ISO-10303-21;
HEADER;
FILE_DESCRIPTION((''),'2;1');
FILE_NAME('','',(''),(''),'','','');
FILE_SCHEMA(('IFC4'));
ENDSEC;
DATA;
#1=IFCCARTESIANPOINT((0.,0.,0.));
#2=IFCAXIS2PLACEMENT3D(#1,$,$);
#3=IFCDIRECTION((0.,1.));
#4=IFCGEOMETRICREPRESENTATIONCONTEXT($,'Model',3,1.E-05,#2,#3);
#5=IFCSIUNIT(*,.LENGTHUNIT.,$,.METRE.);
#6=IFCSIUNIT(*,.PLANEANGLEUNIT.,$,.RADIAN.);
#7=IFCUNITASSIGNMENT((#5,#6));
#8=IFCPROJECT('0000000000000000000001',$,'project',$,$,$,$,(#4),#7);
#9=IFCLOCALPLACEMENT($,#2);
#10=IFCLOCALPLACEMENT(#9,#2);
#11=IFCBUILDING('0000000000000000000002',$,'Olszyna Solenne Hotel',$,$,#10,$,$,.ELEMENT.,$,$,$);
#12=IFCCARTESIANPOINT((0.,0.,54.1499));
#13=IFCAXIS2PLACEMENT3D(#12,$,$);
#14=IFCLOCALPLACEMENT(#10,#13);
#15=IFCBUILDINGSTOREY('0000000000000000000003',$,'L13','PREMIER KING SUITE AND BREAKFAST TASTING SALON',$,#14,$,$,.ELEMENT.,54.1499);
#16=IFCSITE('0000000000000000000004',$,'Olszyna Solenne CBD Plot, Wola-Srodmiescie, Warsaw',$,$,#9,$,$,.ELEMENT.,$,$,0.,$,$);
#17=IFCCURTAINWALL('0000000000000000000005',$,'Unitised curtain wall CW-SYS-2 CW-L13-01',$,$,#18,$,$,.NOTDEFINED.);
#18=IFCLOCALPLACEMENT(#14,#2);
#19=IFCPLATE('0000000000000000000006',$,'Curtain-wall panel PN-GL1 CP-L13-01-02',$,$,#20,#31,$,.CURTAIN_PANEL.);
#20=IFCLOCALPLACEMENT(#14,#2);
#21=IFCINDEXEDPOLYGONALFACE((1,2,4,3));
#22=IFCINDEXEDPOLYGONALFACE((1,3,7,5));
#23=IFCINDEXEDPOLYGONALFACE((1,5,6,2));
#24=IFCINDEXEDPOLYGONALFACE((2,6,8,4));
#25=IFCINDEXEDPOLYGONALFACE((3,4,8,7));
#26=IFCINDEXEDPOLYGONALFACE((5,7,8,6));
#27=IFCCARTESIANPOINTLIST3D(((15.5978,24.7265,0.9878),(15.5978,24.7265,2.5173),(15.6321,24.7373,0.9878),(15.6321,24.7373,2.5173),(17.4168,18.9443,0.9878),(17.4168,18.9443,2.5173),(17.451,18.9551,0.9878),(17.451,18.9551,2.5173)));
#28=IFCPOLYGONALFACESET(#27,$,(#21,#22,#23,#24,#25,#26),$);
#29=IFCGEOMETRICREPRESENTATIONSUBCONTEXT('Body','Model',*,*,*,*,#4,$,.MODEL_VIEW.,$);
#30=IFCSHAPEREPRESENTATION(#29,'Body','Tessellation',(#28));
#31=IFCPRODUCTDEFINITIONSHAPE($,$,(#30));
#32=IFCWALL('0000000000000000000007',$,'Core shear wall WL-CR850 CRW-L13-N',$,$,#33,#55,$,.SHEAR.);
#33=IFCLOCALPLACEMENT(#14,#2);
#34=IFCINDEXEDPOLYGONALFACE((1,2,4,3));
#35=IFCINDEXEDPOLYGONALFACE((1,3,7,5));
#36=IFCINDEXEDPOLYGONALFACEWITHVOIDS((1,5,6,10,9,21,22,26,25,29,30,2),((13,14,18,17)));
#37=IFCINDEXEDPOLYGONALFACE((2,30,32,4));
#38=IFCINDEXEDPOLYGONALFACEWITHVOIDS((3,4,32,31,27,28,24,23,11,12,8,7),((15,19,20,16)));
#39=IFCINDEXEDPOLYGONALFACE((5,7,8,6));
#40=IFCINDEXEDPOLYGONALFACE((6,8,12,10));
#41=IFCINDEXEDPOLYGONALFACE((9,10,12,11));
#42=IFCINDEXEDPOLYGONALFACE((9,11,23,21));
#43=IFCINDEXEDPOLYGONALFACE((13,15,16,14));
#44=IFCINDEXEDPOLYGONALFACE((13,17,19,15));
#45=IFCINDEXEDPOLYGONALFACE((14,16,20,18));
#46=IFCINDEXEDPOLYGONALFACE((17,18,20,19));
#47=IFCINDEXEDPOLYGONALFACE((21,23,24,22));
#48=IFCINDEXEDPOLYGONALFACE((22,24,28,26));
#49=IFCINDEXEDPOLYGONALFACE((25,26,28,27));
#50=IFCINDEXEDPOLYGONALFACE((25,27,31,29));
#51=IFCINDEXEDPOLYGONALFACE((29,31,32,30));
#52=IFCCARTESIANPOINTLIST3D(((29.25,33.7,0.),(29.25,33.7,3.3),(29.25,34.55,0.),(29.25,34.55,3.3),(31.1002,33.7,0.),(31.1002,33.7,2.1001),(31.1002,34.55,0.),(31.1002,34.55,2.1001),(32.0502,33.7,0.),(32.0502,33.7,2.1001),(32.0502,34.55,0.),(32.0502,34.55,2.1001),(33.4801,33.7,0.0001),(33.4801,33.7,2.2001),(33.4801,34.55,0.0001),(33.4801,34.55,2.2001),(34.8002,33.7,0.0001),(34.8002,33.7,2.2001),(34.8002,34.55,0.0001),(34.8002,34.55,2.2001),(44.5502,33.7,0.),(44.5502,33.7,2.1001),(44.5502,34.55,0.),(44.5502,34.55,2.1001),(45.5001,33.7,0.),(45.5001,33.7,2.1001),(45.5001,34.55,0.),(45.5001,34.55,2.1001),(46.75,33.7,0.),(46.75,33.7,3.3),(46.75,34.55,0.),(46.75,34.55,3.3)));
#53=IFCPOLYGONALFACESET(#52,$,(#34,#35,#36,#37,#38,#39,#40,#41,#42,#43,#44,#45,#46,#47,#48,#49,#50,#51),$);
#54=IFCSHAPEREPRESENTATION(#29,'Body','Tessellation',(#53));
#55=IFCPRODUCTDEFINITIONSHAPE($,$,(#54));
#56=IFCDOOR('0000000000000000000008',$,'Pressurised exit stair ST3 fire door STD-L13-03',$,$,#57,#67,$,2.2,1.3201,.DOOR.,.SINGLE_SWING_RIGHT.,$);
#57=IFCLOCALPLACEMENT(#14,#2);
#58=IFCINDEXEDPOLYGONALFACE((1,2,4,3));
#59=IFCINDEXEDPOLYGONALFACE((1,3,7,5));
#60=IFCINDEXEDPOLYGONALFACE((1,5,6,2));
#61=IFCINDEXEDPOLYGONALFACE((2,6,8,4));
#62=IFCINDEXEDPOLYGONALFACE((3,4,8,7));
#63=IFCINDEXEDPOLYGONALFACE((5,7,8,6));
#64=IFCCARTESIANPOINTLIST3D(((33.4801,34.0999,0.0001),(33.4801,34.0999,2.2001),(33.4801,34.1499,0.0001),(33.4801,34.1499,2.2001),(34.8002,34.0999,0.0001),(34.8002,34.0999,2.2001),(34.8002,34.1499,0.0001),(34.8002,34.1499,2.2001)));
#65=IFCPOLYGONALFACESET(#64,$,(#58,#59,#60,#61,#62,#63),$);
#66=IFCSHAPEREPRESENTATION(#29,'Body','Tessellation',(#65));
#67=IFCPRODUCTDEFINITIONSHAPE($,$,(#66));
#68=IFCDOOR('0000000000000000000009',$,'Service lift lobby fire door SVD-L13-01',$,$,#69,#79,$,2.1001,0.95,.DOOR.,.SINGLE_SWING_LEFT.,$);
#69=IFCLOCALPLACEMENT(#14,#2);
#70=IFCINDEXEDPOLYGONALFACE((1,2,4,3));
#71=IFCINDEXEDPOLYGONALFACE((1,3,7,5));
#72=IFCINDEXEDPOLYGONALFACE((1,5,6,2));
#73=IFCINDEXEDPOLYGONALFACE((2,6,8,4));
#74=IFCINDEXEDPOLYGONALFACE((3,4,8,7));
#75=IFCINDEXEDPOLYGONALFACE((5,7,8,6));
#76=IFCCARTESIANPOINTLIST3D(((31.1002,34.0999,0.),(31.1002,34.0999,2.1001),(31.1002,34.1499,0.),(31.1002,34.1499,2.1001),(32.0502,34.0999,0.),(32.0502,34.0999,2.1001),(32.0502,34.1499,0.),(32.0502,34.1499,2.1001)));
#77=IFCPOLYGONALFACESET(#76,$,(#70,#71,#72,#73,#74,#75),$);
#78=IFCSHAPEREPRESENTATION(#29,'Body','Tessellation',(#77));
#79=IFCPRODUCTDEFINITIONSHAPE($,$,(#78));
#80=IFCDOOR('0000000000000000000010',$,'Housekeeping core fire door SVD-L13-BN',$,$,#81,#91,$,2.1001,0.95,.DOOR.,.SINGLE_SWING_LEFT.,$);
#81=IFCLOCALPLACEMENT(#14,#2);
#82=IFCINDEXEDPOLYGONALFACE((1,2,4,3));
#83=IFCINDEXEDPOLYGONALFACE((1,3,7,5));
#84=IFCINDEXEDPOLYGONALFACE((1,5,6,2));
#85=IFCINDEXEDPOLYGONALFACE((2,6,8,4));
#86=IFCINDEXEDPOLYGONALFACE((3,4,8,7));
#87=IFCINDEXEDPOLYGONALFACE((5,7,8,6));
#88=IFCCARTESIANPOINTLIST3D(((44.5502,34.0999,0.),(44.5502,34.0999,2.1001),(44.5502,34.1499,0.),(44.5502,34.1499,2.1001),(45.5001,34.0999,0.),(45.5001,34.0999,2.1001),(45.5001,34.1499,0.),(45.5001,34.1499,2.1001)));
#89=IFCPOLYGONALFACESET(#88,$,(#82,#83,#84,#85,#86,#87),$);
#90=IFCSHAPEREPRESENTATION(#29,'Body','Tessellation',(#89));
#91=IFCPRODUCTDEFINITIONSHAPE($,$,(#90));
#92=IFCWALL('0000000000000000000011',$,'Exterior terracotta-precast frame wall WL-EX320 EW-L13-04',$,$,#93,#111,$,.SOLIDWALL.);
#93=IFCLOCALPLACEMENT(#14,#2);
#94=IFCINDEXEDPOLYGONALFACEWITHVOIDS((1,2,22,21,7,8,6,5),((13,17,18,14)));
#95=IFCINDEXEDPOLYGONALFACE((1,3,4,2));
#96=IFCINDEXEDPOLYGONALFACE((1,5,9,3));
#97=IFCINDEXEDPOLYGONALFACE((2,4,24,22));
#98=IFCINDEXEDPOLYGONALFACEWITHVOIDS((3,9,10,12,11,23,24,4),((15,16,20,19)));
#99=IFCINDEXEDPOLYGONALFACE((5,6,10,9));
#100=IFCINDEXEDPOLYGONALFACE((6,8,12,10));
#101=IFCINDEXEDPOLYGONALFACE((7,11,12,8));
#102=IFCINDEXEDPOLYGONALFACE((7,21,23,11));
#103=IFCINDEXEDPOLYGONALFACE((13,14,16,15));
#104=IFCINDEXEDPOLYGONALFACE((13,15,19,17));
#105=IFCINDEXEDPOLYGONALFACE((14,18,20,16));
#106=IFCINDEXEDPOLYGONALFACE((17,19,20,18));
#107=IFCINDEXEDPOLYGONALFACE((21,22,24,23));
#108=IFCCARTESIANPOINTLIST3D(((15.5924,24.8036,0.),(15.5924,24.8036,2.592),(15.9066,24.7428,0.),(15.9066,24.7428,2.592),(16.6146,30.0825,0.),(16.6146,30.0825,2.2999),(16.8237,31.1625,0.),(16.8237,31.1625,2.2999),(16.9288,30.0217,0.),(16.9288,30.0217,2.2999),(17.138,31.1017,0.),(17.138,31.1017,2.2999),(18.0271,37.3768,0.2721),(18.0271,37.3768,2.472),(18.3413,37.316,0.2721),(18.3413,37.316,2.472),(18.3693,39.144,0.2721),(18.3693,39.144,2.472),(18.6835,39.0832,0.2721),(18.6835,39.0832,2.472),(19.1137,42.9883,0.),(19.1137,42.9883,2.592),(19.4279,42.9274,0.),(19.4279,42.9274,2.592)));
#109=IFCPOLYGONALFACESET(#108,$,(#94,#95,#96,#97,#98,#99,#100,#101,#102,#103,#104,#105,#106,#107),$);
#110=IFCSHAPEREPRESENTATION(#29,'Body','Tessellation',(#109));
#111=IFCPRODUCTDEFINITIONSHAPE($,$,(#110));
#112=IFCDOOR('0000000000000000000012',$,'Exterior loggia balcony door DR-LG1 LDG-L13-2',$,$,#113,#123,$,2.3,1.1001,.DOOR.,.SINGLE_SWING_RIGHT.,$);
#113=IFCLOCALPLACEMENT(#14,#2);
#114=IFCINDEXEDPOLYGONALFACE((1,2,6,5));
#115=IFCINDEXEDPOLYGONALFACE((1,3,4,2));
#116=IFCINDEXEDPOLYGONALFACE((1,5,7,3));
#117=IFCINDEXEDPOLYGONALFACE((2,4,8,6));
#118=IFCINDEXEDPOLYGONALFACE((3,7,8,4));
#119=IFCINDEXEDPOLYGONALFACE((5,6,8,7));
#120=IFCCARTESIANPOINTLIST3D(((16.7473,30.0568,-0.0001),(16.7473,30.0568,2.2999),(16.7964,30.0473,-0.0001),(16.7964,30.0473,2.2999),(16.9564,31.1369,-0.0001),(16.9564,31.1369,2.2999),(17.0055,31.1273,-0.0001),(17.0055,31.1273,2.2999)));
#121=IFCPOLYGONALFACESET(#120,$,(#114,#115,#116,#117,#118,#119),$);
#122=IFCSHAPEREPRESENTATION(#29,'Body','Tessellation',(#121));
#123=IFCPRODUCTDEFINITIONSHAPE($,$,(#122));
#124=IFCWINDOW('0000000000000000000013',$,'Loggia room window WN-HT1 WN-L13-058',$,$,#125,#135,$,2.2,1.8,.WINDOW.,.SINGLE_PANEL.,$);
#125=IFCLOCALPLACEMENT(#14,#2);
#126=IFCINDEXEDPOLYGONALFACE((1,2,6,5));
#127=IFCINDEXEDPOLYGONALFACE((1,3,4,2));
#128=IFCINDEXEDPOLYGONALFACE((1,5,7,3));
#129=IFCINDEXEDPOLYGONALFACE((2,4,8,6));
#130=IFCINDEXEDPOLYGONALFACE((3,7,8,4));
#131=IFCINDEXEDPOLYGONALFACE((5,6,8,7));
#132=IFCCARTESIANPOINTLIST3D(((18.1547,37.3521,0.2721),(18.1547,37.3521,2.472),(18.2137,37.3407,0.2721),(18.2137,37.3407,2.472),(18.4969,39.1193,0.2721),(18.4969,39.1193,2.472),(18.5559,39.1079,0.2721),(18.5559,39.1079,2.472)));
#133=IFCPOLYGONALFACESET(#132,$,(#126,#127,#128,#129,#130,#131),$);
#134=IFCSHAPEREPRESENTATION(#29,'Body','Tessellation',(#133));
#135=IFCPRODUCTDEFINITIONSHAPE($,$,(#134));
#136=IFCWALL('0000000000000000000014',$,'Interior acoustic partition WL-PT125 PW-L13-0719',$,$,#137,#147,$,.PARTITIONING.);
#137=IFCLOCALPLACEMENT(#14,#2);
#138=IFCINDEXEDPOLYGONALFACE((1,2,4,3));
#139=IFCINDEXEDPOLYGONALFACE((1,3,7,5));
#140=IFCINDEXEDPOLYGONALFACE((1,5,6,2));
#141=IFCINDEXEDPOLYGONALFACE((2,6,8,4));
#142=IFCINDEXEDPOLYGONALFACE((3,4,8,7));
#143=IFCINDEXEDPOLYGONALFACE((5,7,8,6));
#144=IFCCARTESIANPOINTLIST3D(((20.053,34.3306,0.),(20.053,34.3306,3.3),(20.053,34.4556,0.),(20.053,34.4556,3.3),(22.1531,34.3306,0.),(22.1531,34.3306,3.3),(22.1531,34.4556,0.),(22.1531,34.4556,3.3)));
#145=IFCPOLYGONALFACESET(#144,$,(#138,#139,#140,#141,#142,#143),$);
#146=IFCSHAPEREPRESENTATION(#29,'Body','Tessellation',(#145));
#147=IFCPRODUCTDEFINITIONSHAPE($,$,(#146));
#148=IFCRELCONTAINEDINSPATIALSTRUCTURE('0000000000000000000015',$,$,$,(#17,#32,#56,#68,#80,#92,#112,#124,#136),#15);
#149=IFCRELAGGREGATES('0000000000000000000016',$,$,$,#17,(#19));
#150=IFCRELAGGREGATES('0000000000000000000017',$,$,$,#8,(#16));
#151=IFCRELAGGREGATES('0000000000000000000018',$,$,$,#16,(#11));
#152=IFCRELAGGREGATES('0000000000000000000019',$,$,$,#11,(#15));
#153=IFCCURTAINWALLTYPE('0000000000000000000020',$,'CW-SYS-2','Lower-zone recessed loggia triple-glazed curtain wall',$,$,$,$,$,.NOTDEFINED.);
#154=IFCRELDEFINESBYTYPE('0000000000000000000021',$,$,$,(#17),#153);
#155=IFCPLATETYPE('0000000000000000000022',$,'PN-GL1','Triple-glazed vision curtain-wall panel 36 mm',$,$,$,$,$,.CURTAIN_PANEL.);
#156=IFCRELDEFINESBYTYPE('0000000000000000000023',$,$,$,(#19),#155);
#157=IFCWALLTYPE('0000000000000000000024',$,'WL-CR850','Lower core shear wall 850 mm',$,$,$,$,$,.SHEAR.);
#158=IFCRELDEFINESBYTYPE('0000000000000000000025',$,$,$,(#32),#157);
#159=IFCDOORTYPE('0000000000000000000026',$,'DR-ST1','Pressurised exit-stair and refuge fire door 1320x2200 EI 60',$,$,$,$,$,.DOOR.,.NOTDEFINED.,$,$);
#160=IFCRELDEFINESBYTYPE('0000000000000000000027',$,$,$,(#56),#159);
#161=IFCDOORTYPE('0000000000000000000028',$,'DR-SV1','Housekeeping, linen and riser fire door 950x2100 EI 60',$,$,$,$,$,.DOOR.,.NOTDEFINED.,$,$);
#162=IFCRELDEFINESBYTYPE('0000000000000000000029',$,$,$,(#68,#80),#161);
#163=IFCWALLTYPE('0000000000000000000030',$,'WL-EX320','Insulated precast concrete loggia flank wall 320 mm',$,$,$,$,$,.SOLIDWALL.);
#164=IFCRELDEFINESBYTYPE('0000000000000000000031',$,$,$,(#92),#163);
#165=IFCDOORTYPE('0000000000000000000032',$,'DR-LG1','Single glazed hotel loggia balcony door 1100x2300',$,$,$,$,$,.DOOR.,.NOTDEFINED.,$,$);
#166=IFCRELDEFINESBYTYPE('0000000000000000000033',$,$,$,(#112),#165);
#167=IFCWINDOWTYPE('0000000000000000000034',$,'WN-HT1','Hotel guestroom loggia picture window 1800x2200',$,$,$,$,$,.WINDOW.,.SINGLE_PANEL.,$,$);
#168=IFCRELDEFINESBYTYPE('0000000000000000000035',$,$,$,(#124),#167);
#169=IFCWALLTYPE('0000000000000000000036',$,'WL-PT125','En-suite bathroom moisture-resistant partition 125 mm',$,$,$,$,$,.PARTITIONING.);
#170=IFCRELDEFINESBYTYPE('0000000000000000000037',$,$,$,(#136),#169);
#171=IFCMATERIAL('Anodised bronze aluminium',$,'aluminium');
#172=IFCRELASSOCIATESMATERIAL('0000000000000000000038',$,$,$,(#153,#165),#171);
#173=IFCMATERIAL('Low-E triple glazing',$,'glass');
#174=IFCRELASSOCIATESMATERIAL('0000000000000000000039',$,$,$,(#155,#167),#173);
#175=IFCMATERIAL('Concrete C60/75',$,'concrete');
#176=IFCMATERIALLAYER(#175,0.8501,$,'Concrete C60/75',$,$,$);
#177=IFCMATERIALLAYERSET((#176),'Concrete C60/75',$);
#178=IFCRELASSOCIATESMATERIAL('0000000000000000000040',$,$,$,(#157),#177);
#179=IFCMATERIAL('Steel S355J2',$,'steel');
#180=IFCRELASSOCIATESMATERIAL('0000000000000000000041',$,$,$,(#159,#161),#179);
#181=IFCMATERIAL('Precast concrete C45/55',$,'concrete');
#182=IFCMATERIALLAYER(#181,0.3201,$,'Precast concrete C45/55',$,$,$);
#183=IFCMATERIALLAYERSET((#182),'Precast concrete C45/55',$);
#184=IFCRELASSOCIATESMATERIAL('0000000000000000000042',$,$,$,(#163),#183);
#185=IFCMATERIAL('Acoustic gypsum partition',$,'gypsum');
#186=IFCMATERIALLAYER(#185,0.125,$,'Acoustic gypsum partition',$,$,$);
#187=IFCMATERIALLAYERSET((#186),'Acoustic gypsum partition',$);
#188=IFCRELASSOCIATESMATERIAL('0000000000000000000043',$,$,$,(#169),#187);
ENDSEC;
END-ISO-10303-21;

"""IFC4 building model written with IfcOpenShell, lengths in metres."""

from ifc_helpers import new_model, si_unit, direction, frame, frame_2d, origin, origin_2d, place, context, subcontext, project, spatial, rectangle, extrude, source, transform, mapped, material, layer, layer_set, type_object, type_shapes, element, fill, aggregate, save


model = new_model("IFC4")

# Units and contexts
model_context = context("Model", 3, precision=1e-05, world=origin(), true_north=direction((0.0, 1.0)))
body_context = subcontext(model_context, "Body", "Model", "MODEL_VIEW")
ifc_project = project(units=[si_unit("LENGTHUNIT", "METRE"), si_unit("PLANEANGLEUNIT", "RADIAN")], contexts=[model_context])

# Site, building, storey
site_placement = place(None, origin())
site = spatial("IfcSite", under=ifc_project, at=site_placement, Name="Olszyna Solenne CBD Plot, Wola-Srodmiescie, Warsaw", CompositionType="ELEMENT", RefElevation=0.0)
building_placement = place(site_placement, origin())
building = spatial("IfcBuilding", under=site, at=building_placement, Name="Olszyna Solenne Hotel", CompositionType="ELEMENT")
storey_placement = place(building_placement, frame((0.0, 0.0, 54.1499)))
storey = spatial("IfcBuildingStorey", under=building, at=storey_placement, Name="L13", Description="PREMIER KING SUITE AND BREAKFAST TASTING SALON", CompositionType="ELEMENT", Elevation=54.1499)

# Shared definitions
ifc_material_1 = material(Name="Steel S355J2", Category="steel")

# Curtain wall, plate
ifc_material_2 = material(Name="Anodised bronze aluminium", Category="aluminium")
curtain_wall_type = type_object("IfcCurtainWallType", Name="CW-SYS-2", Description="Lower-zone recessed loggia triple-glazed curtain wall", PredefinedType="NOTDEFINED", material=ifc_material_2)
curtain_wall_placement = place(storey_placement, origin())
curtain_wall = element("IfcCurtainWall", 1, at=curtain_wall_placement, inside=storey, type_object=curtain_wall_type, Name="Unitised curtain wall CW-SYS-2 CW-L13-01", PredefinedType="NOTDEFINED")
ifc_material_3 = material(Name="Low-E triple glazing", Category="glass")
plate_type_1 = type_object("IfcPlateType", Name="PN-GL1", Description="Triple-glazed vision curtain-wall panel 36 mm", PredefinedType="CURTAIN_PANEL", material=ifc_material_3)
shared_shape_1 = source(origin(), body_context, "Body", "SweptSolid", [
    extrude(rectangle(XDim=6.0615, YDim=0.0359, at=origin_2d()), origin(), (0.0, 0.0, 1.0), 1.5295),
])
plate_1_placement = place(storey_placement, frame((16.5244, 21.8408, 0.9878), z_axis=(0.0, 0.0, 1.0), x_axis=(0.30008, -0.953914, 0.0)))
plate_1 = element("IfcPlate", 2, at=plate_1_placement, type_object=plate_type_1, Name="Curtain-wall panel PN-GL1 CP-L13-01-02", PredefinedType="CURTAIN_PANEL", context=body_context, shape_type="MappedRepresentation", body=[
    mapped(shared_shape_1, transform((0.0, 0.0, 0.0), x_axis=(1.0, 0.0, 0.0), y_axis=(0.0, 1.0, 0.0), z_axis=(0.0, 0.0, 1.0), scale=1.0)),
])
aggregate(curtain_wall, [plate_1])

# Wall, openings, doors
ifc_material_4 = material(Name="Concrete C60/75", Category="concrete")
ifc_layer_1 = layer(ifc_material_4, 0.8501, Name="Concrete C60/75")
ifc_layer_set_1 = layer_set([ifc_layer_1], Name="Concrete C60/75")
wall_type_1 = type_object("IfcWallType", Name="WL-CR850", Description="Lower core shear wall 850 mm", PredefinedType="SHEAR", material=ifc_layer_set_1)
wall_1_placement = place(storey_placement, frame((29.25, 34.125, 0.0), z_axis=(0.0, 0.0, 1.0), x_axis=(1.0, 0.0, 0.0)))
wall_1 = element("IfcWall", 3, at=wall_1_placement, inside=storey, type_object=wall_type_1, Name="Core shear wall WL-CR850 CRW-L13-N", PredefinedType="SHEAR", context=body_context, shape_type="SweptSolid", body=[
    extrude(rectangle(XDim=17.5, YDim=0.8501, at=frame_2d((8.75, 0.0))), origin(), (0.0, 0.0, 1.0), 3.3),
])
opening_1_placement = place(wall_1_placement, frame((1.8501, 0.0, 0.0)))
opening_1 = element("IfcOpeningElement", 4, at=opening_1_placement, cuts=wall_1, PredefinedType="OPENING", context=body_context, shape_type="SweptSolid", body=[
    extrude(rectangle(XDim=0.95, YDim=2.1001, at=frame_2d((0.4751, 1.05))), frame((0.0, 0.4351, 0.0), z_axis=(0.0, -1.0, 0.0), x_axis=(1.0, 0.0, 0.0)), (0.0, 0.0, 1.0), 0.8701),
])
opening_2_placement = place(wall_1_placement, frame((4.23, 0.0, 0.0)))
opening_2 = element("IfcOpeningElement", 5, at=opening_2_placement, cuts=wall_1, PredefinedType="OPENING", context=body_context, shape_type="SweptSolid", body=[
    extrude(rectangle(XDim=1.3201, YDim=2.2, at=frame_2d((0.6602, 1.1001))), frame((0.0, 0.4351, 0.0), z_axis=(0.0, -1.0, 0.0), x_axis=(1.0, 0.0, 0.0)), (0.0, 0.0, 1.0), 0.8701),
])
opening_3_placement = place(wall_1_placement, frame((15.3, 0.0, 0.0)))
opening_3 = element("IfcOpeningElement", 6, at=opening_3_placement, cuts=wall_1, PredefinedType="OPENING", context=body_context, shape_type="SweptSolid", body=[
    extrude(rectangle(XDim=0.95, YDim=2.1001, at=frame_2d((0.4751, 1.05))), frame((0.0, 0.4351, 0.0), z_axis=(0.0, -1.0, 0.0), x_axis=(1.0, 0.0, 0.0)), (0.0, 0.0, 1.0), 0.8701),
])
door_type_1 = type_object("IfcDoorType", Name="DR-ST1", Description="Pressurised exit-stair and refuge fire door 1320x2200 EI 60", OperationType="NOTDEFINED", PredefinedType="DOOR", material=ifc_material_1)
shared_shape_2 = source(origin(), body_context, "Body", "SweptSolid", [
    extrude(rectangle(XDim=1.3201, YDim=2.2, at=frame_2d((0.6602, 1.1001))), frame((0.0, 0.0249, 0.0), z_axis=(0.0, -1.0, 0.0), x_axis=(1.0, 0.0, 0.0)), (0.0, 0.0, 1.0), 0.05),
])
type_shapes(door_type_1, [shared_shape_2])
door_1_placement = place(opening_2_placement, origin())
door_1 = element("IfcDoor", 7, at=door_1_placement, inside=storey, type_object=door_type_1, Name="Pressurised exit stair ST3 fire door STD-L13-03", OperationType="SINGLE_SWING_RIGHT", OverallHeight=2.2, OverallWidth=1.3201, PredefinedType="DOOR", context=body_context, shape_type="MappedRepresentation", body=[
    mapped(shared_shape_2, transform((0.0, 0.0, 0.0), x_axis=(1.0, 0.0, 0.0), y_axis=(0.0, 1.0, 0.0), z_axis=(0.0, 0.0, 1.0), scale=1.0)),
])
fill(opening_2, door_1)
door_type_2 = type_object("IfcDoorType", Name="DR-SV1", Description="Housekeeping, linen and riser fire door 950x2100 EI 60", OperationType="NOTDEFINED", PredefinedType="DOOR", material=ifc_material_1)
shared_shape_3 = source(origin(), body_context, "Body", "SweptSolid", [
    extrude(rectangle(XDim=0.95, YDim=2.1001, at=frame_2d((0.4751, 1.05))), frame((0.0, 0.0249, 0.0), z_axis=(0.0, -1.0, 0.0), x_axis=(1.0, 0.0, 0.0)), (0.0, 0.0, 1.0), 0.05),
])
type_shapes(door_type_2, [shared_shape_3])
door_2_placement = place(opening_1_placement, origin())
door_2 = element("IfcDoor", 8, at=door_2_placement, inside=storey, type_object=door_type_2, Name="Service lift lobby fire door SVD-L13-01", OperationType="SINGLE_SWING_LEFT", OverallHeight=2.1001, OverallWidth=0.95, PredefinedType="DOOR", context=body_context, shape_type="MappedRepresentation", body=[
    mapped(shared_shape_3, transform((0.0, 0.0, 0.0), x_axis=(1.0, 0.0, 0.0), y_axis=(0.0, 1.0, 0.0), z_axis=(0.0, 0.0, 1.0), scale=1.0)),
])
fill(opening_1, door_2)
door_3_placement = place(opening_3_placement, origin())
door_3 = element("IfcDoor", 9, at=door_3_placement, inside=storey, type_object=door_type_2, Name="Housekeeping core fire door SVD-L13-BN", OperationType="SINGLE_SWING_LEFT", OverallHeight=2.1001, OverallWidth=0.95, PredefinedType="DOOR", context=body_context, shape_type="MappedRepresentation", body=[
    mapped(shared_shape_3, transform((0.0, 0.0, 0.0), x_axis=(1.0, 0.0, 0.0), y_axis=(0.0, 1.0, 0.0), z_axis=(0.0, 0.0, 1.0), scale=1.0)),
])
fill(opening_3, door_3)

# Wall, openings, door, window
ifc_material_5 = material(Name="Precast concrete C45/55", Category="concrete")
ifc_layer_2 = layer(ifc_material_5, 0.3201, Name="Precast concrete C45/55")
ifc_layer_set_2 = layer_set([ifc_layer_2], Name="Precast concrete C45/55")
wall_type_2 = type_object("IfcWallType", Name="WL-EX320", Description="Insulated precast concrete loggia flank wall 320 mm", PredefinedType="SOLIDWALL", material=ifc_layer_set_2)
wall_2_placement = place(storey_placement, frame((15.7495, 24.7732, 0.0), z_axis=(0.0, 0.0, 1.0), x_axis=(0.190108, 0.981763, 0.0)))
wall_2 = element("IfcWall", 10, at=wall_2_placement, inside=storey, type_object=wall_type_2, Name="Exterior terracotta-precast frame wall WL-EX320 EW-L13-04", PredefinedType="SOLIDWALL", context=body_context, shape_type="SweptSolid", body=[
    extrude(rectangle(XDim=18.5225, YDim=0.3201, at=frame_2d((9.2612, 0.0))), origin(), (0.0, 0.0, 1.0), 2.592),
])
opening_4_placement = place(wall_2_placement, frame((5.377, 0.0, 0.0)))
opening_4 = element("IfcOpeningElement", 11, at=opening_4_placement, cuts=wall_2, PredefinedType="OPENING", context=body_context, shape_type="SweptSolid", body=[
    extrude(rectangle(XDim=1.1001, YDim=2.3, at=frame_2d((0.55, 1.1499))), frame((0.0, 0.1699, 0.0), z_axis=(0.0, -1.0, 0.0), x_axis=(1.0, 0.0, 0.0)), (0.0, 0.0, 1.0), 0.3401),
])
opening_5_placement = place(wall_2_placement, frame((12.8069, 0.0, 0.272)))
opening_5 = element("IfcOpeningElement", 12, at=opening_5_placement, cuts=wall_2, PredefinedType="OPENING", context=body_context, shape_type="SweptSolid", body=[
    extrude(rectangle(XDim=1.8, YDim=2.2, at=frame_2d((0.8999, 1.1001))), frame((0.0, 0.1699, 0.0), z_axis=(0.0, -1.0, 0.0), x_axis=(1.0, 0.0, 0.0)), (0.0, 0.0, 1.0), 0.3401),
])
door_type_3 = type_object("IfcDoorType", Name="DR-LG1", Description="Single glazed hotel loggia balcony door 1100x2300", OperationType="NOTDEFINED", PredefinedType="DOOR", material=ifc_material_2)
shared_shape_4 = source(origin(), body_context, "Body", "SweptSolid", [
    extrude(rectangle(XDim=1.1001, YDim=2.3, at=frame_2d((0.55, 1.1499))), frame((0.0, 0.0249, 0.0), z_axis=(0.0, -1.0, 0.0), x_axis=(1.0, 0.0, 0.0)), (0.0, 0.0, 1.0), 0.05),
])
type_shapes(door_type_3, [shared_shape_4])
door_4_placement = place(opening_4_placement, origin())
door_4 = element("IfcDoor", 13, at=door_4_placement, inside=storey, type_object=door_type_3, Name="Exterior loggia balcony door DR-LG1 LDG-L13-2", OperationType="SINGLE_SWING_RIGHT", OverallHeight=2.3, OverallWidth=1.1001, PredefinedType="DOOR", context=body_context, shape_type="MappedRepresentation", body=[
    mapped(shared_shape_4, transform((0.0, 0.0, 0.0), x_axis=(1.0, 0.0, 0.0), y_axis=(0.0, 1.0, 0.0), z_axis=(0.0, 0.0, 1.0), scale=1.0)),
])
fill(opening_4, door_4)
window_type = type_object("IfcWindowType", Name="WN-HT1", Description="Hotel guestroom loggia picture window 1800x2200", PartitioningType="SINGLE_PANEL", PredefinedType="WINDOW", material=ifc_material_3)
shared_shape_5 = source(origin(), body_context, "Body", "SweptSolid", [
    extrude(rectangle(XDim=1.8, YDim=2.2, at=frame_2d((0.8999, 1.1001))), frame((0.0, 0.03, 0.0), z_axis=(0.0, -1.0, 0.0), x_axis=(1.0, 0.0, 0.0)), (0.0, 0.0, 1.0), 0.0601),
])
type_shapes(window_type, [shared_shape_5])
window_placement = place(opening_5_placement, origin())
window = element("IfcWindow", 14, at=window_placement, inside=storey, type_object=window_type, Name="Loggia room window WN-HT1 WN-L13-058", OverallHeight=2.2, OverallWidth=1.8, PartitioningType="SINGLE_PANEL", PredefinedType="WINDOW", context=body_context, shape_type="MappedRepresentation", body=[
    mapped(shared_shape_5, transform((0.0, 0.0, 0.0), x_axis=(1.0, 0.0, 0.0), y_axis=(0.0, 1.0, 0.0), z_axis=(0.0, 0.0, 1.0), scale=1.0)),
])
fill(opening_5, window)

# Wall
ifc_material_6 = material(Name="Acoustic gypsum partition", Category="gypsum")
ifc_layer_3 = layer(ifc_material_6, 0.125, Name="Acoustic gypsum partition")
ifc_layer_set_3 = layer_set([ifc_layer_3], Name="Acoustic gypsum partition")
wall_type_3 = type_object("IfcWallType", Name="WL-PT125", Description="En-suite bathroom moisture-resistant partition 125 mm", PredefinedType="PARTITIONING", material=ifc_layer_set_3)
wall_3_placement = place(storey_placement, frame((20.053, 34.3931, 0.0), z_axis=(0.0, 0.0, 1.0), x_axis=(1.0, 0.0, 0.0)))
element("IfcWall", 15, at=wall_3_placement, inside=storey, type_object=wall_type_3, Name="Interior acoustic partition WL-PT125 PW-L13-0719", PredefinedType="PARTITIONING", context=body_context, shape_type="SweptSolid", body=[
    extrude(rectangle(XDim=2.1001, YDim=0.125, at=frame_2d((1.05, 0.0))), origin(), (0.0, 0.0, 1.0), 3.3),
])

save(model, "model.ifc")
